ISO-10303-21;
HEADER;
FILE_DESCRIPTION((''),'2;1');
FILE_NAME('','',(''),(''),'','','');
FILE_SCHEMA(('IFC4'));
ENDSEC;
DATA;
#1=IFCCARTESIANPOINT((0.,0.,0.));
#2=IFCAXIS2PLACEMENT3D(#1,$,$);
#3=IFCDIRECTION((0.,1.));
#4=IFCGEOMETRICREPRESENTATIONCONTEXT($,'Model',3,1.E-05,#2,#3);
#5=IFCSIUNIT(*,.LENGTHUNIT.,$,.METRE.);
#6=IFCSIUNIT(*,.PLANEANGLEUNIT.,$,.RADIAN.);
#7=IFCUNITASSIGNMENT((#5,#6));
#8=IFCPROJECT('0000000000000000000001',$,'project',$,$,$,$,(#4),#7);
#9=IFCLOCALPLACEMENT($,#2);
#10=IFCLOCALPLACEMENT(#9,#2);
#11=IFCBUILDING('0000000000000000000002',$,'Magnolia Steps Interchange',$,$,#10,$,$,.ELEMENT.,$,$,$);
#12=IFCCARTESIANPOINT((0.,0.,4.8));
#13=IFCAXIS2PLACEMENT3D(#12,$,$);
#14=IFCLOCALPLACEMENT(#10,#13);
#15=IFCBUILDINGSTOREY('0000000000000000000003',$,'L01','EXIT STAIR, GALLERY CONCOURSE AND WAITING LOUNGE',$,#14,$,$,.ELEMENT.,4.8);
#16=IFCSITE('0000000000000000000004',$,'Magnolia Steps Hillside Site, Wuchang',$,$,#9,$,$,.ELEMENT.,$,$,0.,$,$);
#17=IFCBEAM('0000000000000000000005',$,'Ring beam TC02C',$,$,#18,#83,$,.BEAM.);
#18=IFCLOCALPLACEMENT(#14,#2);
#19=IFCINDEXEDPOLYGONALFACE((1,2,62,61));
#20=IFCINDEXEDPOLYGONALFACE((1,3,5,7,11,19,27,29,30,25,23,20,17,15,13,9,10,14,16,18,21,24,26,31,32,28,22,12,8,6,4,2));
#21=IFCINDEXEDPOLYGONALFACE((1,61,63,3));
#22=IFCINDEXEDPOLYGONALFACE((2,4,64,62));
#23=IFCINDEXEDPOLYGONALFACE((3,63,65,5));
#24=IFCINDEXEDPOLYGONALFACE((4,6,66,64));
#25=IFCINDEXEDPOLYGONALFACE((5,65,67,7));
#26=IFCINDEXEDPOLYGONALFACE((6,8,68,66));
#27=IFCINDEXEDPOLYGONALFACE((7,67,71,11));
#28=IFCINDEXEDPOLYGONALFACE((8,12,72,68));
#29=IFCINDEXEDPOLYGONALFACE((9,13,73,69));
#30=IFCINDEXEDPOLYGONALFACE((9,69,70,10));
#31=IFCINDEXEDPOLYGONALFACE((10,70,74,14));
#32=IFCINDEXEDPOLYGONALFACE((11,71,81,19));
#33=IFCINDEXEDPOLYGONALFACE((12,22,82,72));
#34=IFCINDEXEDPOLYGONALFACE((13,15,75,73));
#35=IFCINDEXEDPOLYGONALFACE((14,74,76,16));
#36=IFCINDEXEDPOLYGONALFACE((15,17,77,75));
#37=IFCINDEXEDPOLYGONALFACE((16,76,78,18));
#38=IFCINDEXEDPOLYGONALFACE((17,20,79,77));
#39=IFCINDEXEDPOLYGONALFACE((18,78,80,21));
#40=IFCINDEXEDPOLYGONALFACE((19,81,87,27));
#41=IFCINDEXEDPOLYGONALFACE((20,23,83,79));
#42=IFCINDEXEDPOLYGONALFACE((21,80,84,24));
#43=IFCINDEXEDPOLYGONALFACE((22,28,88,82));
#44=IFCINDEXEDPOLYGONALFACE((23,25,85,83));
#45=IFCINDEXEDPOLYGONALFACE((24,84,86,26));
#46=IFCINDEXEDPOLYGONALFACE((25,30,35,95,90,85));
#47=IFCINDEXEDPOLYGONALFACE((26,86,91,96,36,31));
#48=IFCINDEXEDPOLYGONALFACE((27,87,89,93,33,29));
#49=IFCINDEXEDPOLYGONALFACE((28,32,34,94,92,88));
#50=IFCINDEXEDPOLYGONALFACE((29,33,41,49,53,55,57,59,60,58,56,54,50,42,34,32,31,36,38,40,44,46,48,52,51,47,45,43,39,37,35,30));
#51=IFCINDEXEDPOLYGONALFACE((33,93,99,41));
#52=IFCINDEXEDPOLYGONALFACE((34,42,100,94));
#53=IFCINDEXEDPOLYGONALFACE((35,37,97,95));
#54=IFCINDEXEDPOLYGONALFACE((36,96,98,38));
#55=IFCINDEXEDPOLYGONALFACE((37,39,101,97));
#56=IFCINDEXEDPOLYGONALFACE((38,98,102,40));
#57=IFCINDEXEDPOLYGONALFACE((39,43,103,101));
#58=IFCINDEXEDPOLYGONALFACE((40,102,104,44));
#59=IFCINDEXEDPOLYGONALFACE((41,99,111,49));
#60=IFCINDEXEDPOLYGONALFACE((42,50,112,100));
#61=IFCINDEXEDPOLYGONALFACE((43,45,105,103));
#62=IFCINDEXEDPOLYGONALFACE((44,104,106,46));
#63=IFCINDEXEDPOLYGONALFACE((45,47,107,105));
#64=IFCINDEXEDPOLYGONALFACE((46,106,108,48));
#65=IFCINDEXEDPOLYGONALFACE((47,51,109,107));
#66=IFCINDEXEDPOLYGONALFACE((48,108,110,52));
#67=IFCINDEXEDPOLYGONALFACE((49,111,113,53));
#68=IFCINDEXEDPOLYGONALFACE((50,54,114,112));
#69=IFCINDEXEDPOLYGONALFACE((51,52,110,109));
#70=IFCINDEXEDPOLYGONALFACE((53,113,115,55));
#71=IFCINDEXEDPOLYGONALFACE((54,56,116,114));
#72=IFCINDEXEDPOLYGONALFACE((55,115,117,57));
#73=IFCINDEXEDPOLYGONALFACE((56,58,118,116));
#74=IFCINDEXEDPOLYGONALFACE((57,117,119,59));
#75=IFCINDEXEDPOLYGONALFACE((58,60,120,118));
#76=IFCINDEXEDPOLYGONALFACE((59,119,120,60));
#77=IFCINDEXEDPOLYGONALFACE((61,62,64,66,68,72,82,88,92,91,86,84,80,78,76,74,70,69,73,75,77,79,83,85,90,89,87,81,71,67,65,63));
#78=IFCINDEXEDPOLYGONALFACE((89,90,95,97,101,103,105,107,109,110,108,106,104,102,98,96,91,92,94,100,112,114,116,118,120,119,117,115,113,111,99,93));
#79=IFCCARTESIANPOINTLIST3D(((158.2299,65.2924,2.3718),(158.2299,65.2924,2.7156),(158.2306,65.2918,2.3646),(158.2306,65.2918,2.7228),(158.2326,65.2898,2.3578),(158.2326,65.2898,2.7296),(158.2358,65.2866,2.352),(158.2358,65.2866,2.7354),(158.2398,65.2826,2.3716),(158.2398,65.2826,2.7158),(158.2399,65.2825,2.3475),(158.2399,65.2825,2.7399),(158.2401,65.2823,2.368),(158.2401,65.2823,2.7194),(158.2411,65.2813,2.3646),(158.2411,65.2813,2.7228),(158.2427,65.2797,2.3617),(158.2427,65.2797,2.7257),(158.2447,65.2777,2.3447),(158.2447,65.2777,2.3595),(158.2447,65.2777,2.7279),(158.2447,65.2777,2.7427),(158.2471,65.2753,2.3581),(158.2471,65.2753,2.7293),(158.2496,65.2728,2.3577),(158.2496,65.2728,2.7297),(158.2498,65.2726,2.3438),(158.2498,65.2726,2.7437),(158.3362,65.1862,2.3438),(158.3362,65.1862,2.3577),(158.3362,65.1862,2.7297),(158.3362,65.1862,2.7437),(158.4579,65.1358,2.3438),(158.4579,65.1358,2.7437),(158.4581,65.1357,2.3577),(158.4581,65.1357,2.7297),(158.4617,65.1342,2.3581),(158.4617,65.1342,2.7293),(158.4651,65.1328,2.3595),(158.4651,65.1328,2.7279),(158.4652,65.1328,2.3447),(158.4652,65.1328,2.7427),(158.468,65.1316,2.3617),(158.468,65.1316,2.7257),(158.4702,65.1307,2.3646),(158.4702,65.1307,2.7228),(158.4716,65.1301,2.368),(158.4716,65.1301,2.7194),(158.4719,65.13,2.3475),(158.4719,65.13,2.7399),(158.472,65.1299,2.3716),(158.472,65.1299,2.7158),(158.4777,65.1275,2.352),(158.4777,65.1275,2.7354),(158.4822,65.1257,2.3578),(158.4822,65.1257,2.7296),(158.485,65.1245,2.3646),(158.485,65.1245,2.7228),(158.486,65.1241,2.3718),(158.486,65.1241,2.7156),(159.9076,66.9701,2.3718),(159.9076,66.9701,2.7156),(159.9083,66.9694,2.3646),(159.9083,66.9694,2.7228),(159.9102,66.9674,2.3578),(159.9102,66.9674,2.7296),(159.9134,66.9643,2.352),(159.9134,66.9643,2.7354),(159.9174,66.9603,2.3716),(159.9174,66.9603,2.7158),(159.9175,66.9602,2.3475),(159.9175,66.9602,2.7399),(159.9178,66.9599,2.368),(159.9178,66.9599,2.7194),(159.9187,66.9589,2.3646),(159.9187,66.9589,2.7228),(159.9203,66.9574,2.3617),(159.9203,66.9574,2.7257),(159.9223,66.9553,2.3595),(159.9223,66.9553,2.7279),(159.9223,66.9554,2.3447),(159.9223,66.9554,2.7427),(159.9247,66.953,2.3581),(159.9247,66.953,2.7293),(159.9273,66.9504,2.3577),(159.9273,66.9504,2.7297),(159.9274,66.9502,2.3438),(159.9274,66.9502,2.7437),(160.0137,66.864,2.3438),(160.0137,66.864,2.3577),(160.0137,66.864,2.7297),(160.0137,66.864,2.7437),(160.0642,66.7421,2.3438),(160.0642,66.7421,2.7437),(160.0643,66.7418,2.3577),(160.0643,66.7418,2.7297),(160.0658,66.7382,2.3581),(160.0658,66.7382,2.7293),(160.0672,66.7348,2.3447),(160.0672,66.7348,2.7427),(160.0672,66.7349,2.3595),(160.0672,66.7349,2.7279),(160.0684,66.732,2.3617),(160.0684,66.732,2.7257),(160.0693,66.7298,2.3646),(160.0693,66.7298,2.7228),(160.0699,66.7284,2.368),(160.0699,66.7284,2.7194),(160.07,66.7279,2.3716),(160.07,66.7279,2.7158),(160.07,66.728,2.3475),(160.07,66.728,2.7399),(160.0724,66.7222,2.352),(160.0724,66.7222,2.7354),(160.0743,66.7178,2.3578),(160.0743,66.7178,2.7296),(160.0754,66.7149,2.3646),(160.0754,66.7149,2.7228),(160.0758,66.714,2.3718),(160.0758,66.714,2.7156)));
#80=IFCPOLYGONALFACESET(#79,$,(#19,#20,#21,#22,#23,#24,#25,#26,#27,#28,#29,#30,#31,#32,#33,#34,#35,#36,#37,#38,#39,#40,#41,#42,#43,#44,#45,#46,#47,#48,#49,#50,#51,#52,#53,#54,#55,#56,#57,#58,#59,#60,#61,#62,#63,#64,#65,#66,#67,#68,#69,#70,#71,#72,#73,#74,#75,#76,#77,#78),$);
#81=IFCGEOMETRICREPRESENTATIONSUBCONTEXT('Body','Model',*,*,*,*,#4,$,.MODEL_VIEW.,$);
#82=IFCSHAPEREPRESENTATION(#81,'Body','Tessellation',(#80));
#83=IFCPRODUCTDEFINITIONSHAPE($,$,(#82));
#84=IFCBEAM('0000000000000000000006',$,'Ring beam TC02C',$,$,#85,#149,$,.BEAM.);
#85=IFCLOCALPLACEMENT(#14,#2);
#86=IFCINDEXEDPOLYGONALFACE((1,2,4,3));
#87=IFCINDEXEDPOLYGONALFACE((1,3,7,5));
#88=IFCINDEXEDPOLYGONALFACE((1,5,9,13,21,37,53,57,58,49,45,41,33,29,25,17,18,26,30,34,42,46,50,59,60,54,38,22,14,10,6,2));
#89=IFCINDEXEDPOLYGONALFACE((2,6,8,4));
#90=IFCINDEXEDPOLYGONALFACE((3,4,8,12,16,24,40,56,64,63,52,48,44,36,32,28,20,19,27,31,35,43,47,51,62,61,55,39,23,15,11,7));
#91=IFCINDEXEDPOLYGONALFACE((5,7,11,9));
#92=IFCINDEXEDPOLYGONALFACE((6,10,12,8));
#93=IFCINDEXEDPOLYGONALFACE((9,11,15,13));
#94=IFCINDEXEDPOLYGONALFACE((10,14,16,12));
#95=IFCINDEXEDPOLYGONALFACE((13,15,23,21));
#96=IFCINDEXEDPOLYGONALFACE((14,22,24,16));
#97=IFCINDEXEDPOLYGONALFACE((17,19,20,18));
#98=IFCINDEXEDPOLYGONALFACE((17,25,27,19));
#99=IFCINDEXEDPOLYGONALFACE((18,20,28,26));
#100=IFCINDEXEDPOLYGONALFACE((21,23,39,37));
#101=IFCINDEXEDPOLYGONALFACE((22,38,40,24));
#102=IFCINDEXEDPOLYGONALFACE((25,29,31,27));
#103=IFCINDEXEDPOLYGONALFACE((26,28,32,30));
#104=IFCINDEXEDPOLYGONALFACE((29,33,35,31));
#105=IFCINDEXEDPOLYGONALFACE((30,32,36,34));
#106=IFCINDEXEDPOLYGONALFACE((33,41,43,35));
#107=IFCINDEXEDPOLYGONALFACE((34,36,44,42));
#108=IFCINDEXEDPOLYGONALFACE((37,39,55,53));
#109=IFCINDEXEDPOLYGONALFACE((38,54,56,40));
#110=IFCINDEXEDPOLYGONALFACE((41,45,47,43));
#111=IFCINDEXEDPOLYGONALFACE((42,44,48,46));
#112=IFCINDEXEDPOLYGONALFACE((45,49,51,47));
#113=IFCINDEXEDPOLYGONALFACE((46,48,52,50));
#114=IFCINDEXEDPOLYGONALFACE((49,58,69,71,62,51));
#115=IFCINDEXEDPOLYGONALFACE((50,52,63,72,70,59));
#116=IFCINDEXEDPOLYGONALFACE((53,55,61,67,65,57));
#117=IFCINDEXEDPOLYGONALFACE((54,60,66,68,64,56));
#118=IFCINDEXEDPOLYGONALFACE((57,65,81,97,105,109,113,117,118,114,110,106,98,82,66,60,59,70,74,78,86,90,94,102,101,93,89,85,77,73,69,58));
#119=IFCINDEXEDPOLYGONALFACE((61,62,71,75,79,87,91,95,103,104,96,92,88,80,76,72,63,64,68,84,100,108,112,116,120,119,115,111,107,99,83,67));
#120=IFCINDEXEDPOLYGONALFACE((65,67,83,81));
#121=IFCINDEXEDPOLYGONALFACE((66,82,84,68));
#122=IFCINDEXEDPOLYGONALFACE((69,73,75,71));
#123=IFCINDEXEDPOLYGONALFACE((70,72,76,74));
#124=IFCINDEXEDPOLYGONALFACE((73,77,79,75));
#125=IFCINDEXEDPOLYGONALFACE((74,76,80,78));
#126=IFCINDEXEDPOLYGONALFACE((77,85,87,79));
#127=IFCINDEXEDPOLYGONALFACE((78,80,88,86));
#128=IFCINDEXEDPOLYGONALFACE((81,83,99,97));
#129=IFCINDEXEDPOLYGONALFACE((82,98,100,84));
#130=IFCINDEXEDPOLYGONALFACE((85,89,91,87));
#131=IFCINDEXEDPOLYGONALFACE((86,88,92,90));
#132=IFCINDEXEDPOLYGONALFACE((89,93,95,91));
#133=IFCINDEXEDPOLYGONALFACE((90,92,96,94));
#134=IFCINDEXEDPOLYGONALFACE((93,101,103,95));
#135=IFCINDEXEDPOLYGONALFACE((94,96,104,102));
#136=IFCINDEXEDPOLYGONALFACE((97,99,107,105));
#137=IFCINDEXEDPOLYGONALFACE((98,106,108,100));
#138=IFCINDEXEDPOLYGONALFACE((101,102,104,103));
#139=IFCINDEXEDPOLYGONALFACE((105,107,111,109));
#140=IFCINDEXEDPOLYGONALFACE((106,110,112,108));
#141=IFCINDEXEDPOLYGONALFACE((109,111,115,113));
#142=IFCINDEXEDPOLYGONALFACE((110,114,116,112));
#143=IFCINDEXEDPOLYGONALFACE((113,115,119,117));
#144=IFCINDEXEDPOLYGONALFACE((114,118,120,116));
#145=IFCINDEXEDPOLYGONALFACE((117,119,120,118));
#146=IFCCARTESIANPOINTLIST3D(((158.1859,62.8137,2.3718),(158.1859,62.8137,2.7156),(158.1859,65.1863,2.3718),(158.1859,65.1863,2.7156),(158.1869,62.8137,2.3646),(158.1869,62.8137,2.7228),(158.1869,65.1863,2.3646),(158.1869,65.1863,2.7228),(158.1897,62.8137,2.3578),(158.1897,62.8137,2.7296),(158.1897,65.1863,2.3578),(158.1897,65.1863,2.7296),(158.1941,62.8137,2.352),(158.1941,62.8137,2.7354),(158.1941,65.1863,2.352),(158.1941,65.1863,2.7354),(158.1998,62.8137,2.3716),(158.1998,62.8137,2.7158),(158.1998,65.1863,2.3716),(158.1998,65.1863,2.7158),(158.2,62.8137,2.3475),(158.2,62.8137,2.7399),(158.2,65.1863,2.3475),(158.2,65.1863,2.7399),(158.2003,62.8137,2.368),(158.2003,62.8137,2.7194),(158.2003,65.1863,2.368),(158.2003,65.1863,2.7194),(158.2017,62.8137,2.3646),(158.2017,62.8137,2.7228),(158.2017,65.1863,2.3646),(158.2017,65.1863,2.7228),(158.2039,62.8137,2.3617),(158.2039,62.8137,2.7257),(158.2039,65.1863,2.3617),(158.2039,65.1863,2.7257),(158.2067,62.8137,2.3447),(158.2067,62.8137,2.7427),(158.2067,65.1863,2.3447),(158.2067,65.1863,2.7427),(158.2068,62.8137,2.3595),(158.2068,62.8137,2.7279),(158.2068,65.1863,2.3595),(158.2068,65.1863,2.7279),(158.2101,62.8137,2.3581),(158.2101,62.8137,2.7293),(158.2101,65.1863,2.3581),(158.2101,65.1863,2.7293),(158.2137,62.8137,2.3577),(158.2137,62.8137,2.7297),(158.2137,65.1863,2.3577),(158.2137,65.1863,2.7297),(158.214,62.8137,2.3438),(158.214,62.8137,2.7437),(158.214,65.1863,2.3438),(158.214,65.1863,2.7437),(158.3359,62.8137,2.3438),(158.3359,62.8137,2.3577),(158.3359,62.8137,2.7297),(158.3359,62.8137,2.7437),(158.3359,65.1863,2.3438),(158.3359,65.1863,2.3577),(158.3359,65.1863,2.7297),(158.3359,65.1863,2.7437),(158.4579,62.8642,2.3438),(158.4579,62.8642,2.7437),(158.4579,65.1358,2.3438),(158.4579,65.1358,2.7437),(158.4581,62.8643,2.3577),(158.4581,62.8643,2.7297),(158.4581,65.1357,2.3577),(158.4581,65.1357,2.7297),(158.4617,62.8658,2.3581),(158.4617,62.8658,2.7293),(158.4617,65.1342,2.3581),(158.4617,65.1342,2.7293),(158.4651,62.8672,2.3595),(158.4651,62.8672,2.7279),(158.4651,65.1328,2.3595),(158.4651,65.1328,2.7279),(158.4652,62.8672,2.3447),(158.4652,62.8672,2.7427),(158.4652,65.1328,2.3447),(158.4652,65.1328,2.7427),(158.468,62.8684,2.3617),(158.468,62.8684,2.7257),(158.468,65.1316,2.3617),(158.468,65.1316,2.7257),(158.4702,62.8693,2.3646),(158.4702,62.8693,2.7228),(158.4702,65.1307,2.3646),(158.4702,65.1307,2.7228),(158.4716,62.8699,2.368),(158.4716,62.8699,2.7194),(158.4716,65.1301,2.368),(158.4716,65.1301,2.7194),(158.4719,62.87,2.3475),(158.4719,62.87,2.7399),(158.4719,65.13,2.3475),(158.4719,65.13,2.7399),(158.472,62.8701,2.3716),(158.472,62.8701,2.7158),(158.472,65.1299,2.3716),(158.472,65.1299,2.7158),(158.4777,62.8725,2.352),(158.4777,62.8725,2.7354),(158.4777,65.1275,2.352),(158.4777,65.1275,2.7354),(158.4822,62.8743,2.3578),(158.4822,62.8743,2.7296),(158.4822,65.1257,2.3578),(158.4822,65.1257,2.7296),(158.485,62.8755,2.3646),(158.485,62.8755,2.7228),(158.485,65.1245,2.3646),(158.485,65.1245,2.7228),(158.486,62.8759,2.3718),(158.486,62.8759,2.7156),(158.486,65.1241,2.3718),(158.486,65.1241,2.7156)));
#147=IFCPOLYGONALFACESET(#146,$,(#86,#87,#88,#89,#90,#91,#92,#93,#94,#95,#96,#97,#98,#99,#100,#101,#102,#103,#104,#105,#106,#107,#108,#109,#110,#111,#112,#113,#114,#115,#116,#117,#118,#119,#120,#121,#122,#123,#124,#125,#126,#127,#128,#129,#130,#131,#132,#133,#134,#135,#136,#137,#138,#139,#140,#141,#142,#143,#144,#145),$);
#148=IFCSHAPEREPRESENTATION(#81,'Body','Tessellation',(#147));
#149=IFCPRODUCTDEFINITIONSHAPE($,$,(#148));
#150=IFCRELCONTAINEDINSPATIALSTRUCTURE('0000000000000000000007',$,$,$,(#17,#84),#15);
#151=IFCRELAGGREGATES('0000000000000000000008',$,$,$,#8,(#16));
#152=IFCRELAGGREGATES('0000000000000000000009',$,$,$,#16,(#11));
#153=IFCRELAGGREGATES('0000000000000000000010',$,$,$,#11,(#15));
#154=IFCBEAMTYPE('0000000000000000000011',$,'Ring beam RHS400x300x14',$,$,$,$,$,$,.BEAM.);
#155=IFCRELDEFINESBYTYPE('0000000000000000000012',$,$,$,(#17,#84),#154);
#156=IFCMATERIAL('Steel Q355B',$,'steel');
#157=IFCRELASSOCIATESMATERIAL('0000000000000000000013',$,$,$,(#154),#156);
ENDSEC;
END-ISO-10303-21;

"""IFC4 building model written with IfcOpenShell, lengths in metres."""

from ifc_helpers import new_model, si_unit, direction, frame, origin, origin_2d, place, context, subcontext, project, spatial, hollow_rectangle, extrude, clip, halfspace, material, material_profile, profile_set, type_object, element, save


model = new_model("IFC4")

# Units and contexts
model_context = context("Model", 3, precision=1e-05, world=origin(), true_north=direction((0.0, 1.0)))
body_context = subcontext(model_context, "Body", "Model", "MODEL_VIEW")
ifc_project = project(units=[si_unit("LENGTHUNIT", "METRE"), si_unit("PLANEANGLEUNIT", "RADIAN")], contexts=[model_context])

# Site, building, storey
site_placement = place(None, origin())
site = spatial("IfcSite", under=ifc_project, at=site_placement, Name="Magnolia Steps Hillside Site, Wuchang", CompositionType="ELEMENT", RefElevation=0.0)
building_placement = place(site_placement, origin())
building = spatial("IfcBuilding", under=site, at=building_placement, Name="Magnolia Steps Interchange", CompositionType="ELEMENT")
storey_placement = place(building_placement, frame((0.0, 0.0, 4.8)))
storey = spatial("IfcBuildingStorey", under=building, at=storey_placement, Name="L01", Description="EXIT STAIR, GALLERY CONCOURSE AND WAITING LOUNGE", CompositionType="ELEMENT", Elevation=4.8)

# Beams
ifc_material_1 = material(Name="Steel Q355B", Category="steel")
ifc_material_profile_1 = material_profile(ifc_material_1, hollow_rectangle(XDim=0.3, YDim=0.3999, WallThickness=0.0139, InnerFilletRadius=0.0139, OuterFilletRadius=0.0281, at=origin_2d()), Name="RHS400x300x14")
ifc_profile_set_1 = profile_set([ifc_material_profile_1], Name="Steel Q355B")
beam_type_1 = type_object("IfcBeamType", Name="Ring beam RHS400x300x14", PredefinedType="BEAM", material=ifc_profile_set_1)
beam_1_placement = place(storey_placement, frame((160.0137, 66.864, 2.5437), z_axis=(-0.707107, -0.707107, 0.0), x_axis=(0.707107, -0.707107, 0.0)))
element("IfcBeam", 1, at=beam_1_placement, inside=storey, type_object=beam_type_1, Name="Ring beam TC02C", PredefinedType="BEAM", context=body_context, shape_type="Clipping", body=[
    clip(clip(extrude(hollow_rectangle(XDim=0.3, YDim=0.3999, WallThickness=0.0139, InnerFilletRadius=0.0139, OuterFilletRadius=0.0281, at=origin_2d()), origin(), (0.0, 0.0, 1.0), 2.3726), halfspace(frame((0.0, 0.0, 0.0), z_axis=(0.382683, 0.0, -0.92388), x_axis=(0.92388, 0.0, 0.382683)), False)), halfspace(frame((0.0, 0.0, 2.3727), z_axis=(0.382683, 0.0, 0.92388), x_axis=(0.92388, 0.0, -0.382683)), False)),
])
beam_2_placement = place(storey_placement, frame((158.3359, 65.1863, 2.5437), z_axis=(0.0, -1.0, 0.0), x_axis=(1.0, 0.0, 0.0)))
element("IfcBeam", 2, at=beam_2_placement, inside=storey, type_object=beam_type_1, Name="Ring beam TC02C", PredefinedType="BEAM", context=body_context, shape_type="Clipping", body=[
    clip(clip(extrude(hollow_rectangle(XDim=0.3, YDim=0.3999, WallThickness=0.0139, InnerFilletRadius=0.0139, OuterFilletRadius=0.0281, at=origin_2d()), origin(), (0.0, 0.0, 1.0), 2.3726), halfspace(frame((0.0, 0.0, 0.0), z_axis=(0.382683, 0.0, -0.92388), x_axis=(0.92388, 0.0, 0.382683)), False)), halfspace(frame((0.0, 0.0, 2.3726), z_axis=(0.382683, 0.0, 0.92388), x_axis=(0.92388, 0.0, -0.382683)), False)),
])

save(model, "model.ifc")
